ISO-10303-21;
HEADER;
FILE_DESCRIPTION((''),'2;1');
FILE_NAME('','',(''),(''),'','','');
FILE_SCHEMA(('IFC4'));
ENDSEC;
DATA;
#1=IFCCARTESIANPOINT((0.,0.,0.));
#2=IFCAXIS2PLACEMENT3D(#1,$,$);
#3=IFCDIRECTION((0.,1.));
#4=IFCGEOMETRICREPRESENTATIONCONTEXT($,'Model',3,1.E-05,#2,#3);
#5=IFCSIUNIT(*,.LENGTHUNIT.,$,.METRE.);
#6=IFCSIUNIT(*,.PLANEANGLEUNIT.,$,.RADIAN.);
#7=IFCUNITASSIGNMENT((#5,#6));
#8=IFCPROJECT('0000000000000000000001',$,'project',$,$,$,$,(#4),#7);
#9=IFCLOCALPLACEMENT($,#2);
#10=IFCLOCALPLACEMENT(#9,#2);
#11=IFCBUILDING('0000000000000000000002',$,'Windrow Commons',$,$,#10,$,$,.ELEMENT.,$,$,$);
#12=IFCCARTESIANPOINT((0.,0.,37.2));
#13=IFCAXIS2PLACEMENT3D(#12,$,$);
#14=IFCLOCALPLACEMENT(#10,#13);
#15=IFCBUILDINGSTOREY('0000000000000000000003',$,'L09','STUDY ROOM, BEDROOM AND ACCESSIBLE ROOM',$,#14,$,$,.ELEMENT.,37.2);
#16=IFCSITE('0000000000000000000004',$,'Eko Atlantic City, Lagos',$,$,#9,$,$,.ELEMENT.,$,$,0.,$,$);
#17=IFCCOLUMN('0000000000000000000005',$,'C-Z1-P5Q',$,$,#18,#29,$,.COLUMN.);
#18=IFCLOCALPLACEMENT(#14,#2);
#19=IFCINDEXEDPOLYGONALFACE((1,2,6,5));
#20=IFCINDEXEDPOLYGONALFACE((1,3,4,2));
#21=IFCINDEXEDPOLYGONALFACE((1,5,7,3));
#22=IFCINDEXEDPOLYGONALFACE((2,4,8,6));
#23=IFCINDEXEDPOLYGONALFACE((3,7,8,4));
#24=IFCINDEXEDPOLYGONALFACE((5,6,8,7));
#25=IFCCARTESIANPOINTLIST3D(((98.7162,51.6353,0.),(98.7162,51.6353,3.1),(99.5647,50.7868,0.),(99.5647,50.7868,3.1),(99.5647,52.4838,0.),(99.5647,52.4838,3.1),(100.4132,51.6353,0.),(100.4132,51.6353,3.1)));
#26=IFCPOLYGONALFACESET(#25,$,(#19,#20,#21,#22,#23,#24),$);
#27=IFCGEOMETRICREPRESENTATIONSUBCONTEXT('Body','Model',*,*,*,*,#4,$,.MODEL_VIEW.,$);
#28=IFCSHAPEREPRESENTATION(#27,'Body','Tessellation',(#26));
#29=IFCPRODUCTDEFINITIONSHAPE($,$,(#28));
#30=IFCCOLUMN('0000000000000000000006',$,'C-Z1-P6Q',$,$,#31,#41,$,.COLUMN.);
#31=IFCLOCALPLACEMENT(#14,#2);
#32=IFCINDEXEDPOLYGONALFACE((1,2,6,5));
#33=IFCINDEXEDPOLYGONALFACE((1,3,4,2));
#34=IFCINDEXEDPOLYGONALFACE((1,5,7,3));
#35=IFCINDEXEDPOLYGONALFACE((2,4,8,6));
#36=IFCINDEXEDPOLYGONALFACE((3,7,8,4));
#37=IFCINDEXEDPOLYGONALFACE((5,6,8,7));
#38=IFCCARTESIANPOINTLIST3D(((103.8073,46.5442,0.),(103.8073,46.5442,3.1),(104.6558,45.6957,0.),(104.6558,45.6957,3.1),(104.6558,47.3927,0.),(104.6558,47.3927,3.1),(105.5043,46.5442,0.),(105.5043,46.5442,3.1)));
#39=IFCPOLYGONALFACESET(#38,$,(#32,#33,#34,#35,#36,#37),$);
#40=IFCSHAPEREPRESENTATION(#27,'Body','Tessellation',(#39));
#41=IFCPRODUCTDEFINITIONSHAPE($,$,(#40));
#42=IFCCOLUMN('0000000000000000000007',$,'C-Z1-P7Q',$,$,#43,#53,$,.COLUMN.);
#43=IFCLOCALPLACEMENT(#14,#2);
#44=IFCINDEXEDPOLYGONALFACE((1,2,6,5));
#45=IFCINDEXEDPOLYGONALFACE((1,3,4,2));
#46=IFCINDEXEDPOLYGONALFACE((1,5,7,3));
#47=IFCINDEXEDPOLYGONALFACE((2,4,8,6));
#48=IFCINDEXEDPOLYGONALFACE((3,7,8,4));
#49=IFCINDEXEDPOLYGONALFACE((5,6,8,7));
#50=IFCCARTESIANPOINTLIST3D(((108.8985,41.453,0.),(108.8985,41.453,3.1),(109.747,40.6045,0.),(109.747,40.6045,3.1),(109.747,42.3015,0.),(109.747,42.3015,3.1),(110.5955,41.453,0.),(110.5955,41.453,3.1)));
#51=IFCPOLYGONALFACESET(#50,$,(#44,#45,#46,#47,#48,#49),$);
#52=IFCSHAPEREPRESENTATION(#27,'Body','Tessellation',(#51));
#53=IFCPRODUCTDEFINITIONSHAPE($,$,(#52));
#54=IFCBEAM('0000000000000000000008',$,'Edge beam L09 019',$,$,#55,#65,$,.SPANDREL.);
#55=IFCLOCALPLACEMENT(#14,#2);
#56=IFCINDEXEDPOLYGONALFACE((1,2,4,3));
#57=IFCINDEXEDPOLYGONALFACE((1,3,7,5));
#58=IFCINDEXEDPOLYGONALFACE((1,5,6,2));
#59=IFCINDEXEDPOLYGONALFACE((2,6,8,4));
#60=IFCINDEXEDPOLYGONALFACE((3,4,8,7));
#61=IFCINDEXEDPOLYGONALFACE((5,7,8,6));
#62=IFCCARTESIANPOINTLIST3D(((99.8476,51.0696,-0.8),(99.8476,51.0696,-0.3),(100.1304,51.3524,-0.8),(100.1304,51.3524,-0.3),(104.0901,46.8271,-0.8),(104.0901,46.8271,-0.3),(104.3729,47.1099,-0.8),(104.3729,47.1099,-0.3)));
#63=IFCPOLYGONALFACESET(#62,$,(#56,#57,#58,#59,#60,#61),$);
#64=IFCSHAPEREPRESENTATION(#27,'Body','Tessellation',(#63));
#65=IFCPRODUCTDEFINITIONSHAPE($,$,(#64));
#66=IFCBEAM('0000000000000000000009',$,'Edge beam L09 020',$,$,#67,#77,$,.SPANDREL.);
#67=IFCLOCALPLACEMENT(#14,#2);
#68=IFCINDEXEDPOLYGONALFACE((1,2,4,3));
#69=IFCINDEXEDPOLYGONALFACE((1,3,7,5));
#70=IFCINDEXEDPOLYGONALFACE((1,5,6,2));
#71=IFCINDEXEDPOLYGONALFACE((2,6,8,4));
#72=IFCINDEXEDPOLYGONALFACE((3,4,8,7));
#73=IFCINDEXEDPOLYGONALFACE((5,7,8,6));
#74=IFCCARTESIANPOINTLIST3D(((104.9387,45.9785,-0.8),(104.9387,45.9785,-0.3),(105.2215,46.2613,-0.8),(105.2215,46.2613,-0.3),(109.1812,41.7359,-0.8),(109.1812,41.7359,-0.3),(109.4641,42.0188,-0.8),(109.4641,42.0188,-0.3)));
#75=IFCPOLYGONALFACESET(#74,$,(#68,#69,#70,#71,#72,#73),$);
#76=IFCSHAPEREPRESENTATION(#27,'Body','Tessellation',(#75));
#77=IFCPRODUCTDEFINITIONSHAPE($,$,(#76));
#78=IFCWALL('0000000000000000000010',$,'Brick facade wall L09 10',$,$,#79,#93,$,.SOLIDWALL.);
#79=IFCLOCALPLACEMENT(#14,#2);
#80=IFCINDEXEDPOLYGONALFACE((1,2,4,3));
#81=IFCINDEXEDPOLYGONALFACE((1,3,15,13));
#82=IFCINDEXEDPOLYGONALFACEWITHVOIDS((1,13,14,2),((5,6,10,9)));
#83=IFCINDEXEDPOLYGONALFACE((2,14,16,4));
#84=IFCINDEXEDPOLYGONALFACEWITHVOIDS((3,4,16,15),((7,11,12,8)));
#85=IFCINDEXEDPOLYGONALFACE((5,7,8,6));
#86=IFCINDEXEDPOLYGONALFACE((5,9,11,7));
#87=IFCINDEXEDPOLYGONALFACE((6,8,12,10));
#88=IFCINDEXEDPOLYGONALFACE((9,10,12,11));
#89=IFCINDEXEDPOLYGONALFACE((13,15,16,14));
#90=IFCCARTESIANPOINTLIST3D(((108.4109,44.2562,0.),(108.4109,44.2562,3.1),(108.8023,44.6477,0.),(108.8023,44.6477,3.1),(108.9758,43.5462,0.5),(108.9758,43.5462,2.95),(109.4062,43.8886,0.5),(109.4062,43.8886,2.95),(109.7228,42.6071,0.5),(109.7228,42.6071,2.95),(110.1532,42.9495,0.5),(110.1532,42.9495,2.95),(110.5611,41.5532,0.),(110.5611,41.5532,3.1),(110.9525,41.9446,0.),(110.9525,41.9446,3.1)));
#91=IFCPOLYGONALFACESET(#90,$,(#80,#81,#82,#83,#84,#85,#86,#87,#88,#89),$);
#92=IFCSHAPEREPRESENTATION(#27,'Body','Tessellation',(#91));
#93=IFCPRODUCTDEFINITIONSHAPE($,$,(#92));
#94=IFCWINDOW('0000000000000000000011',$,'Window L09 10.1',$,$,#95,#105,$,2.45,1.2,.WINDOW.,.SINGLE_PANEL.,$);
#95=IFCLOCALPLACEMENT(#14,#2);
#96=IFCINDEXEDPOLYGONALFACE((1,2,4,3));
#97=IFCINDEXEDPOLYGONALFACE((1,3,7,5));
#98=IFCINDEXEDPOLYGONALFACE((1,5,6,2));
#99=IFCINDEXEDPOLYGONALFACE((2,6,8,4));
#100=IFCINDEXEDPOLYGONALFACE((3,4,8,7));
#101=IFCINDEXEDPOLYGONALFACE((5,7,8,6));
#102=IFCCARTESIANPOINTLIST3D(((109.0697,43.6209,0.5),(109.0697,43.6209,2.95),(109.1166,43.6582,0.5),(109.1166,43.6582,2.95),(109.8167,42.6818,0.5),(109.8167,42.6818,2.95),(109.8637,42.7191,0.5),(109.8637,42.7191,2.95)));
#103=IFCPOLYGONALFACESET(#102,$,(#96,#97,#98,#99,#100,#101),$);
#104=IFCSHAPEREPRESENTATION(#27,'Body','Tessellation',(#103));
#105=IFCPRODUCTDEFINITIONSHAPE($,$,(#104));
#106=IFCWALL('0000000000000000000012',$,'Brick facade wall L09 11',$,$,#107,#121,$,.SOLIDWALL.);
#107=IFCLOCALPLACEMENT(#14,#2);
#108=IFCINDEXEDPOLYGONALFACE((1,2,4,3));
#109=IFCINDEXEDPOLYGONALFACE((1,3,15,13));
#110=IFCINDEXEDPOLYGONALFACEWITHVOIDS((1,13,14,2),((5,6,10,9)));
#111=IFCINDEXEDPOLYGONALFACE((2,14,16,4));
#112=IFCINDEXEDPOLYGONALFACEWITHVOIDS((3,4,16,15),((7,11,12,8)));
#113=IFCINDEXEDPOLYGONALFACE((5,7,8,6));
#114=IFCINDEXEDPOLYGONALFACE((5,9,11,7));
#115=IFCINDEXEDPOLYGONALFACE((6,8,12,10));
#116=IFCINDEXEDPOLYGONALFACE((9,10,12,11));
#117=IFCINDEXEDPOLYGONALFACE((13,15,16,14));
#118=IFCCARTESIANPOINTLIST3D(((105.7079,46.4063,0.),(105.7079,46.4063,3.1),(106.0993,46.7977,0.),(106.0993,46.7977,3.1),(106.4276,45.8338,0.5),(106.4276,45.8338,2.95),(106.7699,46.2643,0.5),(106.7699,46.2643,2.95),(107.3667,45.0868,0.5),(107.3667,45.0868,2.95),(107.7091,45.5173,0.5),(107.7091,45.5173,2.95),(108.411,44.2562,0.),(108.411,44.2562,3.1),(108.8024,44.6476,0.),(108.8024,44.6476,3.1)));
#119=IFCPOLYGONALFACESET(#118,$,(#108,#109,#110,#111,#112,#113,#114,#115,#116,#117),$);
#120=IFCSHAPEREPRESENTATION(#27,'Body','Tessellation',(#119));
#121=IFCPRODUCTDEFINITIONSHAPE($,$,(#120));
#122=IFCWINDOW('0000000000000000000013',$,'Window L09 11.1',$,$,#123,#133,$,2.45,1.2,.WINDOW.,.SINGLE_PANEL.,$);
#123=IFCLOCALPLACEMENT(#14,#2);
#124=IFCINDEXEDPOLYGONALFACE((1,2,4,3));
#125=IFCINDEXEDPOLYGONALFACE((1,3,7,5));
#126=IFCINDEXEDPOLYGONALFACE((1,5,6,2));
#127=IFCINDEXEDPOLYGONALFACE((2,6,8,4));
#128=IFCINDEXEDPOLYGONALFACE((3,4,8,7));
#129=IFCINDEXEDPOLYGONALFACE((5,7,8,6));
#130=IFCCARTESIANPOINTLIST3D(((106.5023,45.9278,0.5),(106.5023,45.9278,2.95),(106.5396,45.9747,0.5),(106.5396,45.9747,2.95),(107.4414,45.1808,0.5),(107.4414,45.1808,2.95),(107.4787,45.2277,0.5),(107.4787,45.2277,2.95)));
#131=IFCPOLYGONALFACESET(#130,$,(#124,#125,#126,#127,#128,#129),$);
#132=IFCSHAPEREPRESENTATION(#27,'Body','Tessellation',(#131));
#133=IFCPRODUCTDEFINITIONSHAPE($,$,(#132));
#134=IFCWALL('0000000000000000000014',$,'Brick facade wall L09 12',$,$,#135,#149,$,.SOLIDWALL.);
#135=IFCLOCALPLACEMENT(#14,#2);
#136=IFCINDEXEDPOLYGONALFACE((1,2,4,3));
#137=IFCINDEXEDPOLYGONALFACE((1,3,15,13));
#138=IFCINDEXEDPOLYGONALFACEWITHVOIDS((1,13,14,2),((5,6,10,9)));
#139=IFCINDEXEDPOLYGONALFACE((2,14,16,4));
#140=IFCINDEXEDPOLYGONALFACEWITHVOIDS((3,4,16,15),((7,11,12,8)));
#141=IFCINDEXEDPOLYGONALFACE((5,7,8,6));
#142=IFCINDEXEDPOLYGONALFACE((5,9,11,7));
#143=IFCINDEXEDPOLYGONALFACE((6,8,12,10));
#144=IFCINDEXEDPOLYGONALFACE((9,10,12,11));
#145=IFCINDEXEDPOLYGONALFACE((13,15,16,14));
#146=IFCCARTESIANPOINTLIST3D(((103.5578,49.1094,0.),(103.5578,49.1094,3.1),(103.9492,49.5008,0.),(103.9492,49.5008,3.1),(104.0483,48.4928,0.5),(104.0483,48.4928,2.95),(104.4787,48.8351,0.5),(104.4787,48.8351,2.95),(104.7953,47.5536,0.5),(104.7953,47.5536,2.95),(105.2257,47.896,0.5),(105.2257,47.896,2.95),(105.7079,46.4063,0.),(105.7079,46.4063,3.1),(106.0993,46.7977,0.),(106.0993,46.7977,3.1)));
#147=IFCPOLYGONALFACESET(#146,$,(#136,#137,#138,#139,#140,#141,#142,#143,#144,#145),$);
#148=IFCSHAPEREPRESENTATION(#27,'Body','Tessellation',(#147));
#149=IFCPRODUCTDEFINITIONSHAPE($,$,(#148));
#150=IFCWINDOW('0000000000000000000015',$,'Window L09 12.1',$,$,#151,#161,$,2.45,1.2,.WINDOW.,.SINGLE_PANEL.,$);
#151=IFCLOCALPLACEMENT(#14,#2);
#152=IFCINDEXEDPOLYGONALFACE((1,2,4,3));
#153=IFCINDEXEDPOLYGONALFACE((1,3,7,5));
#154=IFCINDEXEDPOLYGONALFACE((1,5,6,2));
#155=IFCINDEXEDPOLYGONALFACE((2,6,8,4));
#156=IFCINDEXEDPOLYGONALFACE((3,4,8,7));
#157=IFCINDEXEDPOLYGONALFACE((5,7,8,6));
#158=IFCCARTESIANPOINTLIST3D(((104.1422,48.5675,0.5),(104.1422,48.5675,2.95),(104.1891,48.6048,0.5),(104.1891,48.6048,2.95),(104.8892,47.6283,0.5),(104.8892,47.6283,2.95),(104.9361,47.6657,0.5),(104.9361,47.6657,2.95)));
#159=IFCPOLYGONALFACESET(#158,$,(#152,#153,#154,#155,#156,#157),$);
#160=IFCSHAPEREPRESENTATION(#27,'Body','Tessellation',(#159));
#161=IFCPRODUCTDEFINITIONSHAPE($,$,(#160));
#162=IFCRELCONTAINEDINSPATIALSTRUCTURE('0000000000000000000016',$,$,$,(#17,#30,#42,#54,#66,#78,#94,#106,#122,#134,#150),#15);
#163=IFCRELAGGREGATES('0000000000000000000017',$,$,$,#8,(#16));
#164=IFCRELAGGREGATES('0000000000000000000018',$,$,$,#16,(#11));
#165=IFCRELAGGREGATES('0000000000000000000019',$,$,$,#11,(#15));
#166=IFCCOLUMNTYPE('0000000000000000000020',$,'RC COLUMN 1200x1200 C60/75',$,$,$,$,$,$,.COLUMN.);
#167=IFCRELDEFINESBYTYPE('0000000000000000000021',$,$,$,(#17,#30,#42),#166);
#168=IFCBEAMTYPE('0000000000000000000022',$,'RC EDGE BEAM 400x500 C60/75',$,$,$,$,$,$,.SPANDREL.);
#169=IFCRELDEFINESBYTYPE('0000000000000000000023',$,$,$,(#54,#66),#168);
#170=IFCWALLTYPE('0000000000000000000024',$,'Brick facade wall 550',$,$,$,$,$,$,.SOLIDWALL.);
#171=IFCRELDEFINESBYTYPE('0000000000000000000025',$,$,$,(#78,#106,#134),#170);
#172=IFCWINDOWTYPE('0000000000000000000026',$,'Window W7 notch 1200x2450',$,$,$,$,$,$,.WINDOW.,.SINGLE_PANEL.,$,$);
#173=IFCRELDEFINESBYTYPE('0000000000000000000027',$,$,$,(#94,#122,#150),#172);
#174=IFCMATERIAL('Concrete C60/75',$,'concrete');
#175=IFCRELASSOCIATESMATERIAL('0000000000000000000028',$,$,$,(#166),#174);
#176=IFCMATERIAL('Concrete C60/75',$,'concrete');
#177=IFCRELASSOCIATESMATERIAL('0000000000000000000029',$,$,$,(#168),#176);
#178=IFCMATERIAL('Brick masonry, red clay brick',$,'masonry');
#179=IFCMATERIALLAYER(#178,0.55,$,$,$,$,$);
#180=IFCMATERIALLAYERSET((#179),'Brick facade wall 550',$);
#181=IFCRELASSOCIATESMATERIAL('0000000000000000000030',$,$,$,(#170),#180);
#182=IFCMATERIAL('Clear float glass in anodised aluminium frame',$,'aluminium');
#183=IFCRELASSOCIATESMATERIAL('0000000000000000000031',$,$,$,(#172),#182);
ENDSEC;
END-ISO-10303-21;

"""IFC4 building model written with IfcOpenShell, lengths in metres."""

from ifc_helpers import new_model, si_unit, direction, frame, frame_2d, origin, origin_2d, place, context, subcontext, project, spatial, polyline, rectangle, outline, extrude, material, layer, layer_set, material_profile, profile_set, type_object, element, fill, save


model = new_model("IFC4")

# Units and contexts
model_context = context("Model", 3, precision=1e-05, world=origin(), true_north=direction((0.0, 1.0)))
body_context = subcontext(model_context, "Body", "Model", "MODEL_VIEW")
ifc_project = project(units=[si_unit("LENGTHUNIT", "METRE"), si_unit("PLANEANGLEUNIT", "RADIAN")], contexts=[model_context])

# Site, building, storey
site_placement = place(None, origin())
site = spatial("IfcSite", under=ifc_project, at=site_placement, Name="Eko Atlantic City, Lagos", CompositionType="ELEMENT", RefElevation=0.0)
building_placement = place(site_placement, origin())
building = spatial("IfcBuilding", under=site, at=building_placement, Name="Windrow Commons", CompositionType="ELEMENT")
storey_placement = place(building_placement, frame((0.0, 0.0, 37.2)))
storey = spatial("IfcBuildingStorey", under=building, at=storey_placement, Name="L09", Description="STUDY ROOM, BEDROOM AND ACCESSIBLE ROOM", CompositionType="ELEMENT", Elevation=37.2)

# Columns
ifc_material_1 = material(Name="Concrete C60/75", Category="concrete")
ifc_material_profile_1 = material_profile(ifc_material_1, rectangle(XDim=1.2, YDim=1.2, at=origin_2d()))
ifc_profile_set_1 = profile_set([ifc_material_profile_1], Name="Concrete C60/75")
column_type = type_object("IfcColumnType", Name="RC COLUMN 1200x1200 C60/75", PredefinedType="COLUMN", material=ifc_profile_set_1)
for number, where, z_axis, x_axis, name in (
    (1, (99.5647, 51.6353, 0.0), (0.0, 0.0, 1.0), (0.707107, -0.707107, 0.0), "C-Z1-P5Q"),
    (2, (104.6558, 46.5442, 0.0), (0.0, 0.0, 1.0), (0.707107, -0.707107, 0.0), "C-Z1-P6Q"),
    (3, (109.747, 41.453, 0.0), (0.0, 0.0, 1.0), (0.707107, -0.707107, 0.0), "C-Z1-P7Q"),
):
    element("IfcColumn", number, at=place(storey_placement, frame(where, z_axis=z_axis, x_axis=x_axis)), inside=storey, type_object=column_type, Name=name, PredefinedType="COLUMN", context=body_context, shape_type="SweptSolid", body=[
        extrude(rectangle(XDim=1.2, YDim=1.2, at=origin_2d()), origin(), (0.0, 0.0, 1.0), 3.1),
    ])

# Beams
ifc_material_2 = material(Name="Concrete C60/75", Category="concrete")
ifc_material_profile_2 = material_profile(ifc_material_2, rectangle(XDim=0.4, YDim=0.5, at=origin_2d()))
ifc_profile_set_2 = profile_set([ifc_material_profile_2], Name="Concrete C60/75")
beam_type = type_object("IfcBeamType", Name="RC EDGE BEAM 400x500 C60/75", PredefinedType="SPANDREL", material=ifc_profile_set_2)
beam_1_placement = place(storey_placement, frame((99.989, 51.211, -0.55), z_axis=(0.707107, -0.707107, 0.0), x_axis=(0.707107, 0.707107, 0.0)))
element("IfcBeam", 4, at=beam_1_placement, inside=storey, type_object=beam_type, Name="Edge beam L09 019", PredefinedType="SPANDREL", context=body_context, shape_type="SweptSolid", body=[
    extrude(rectangle(XDim=0.4, YDim=0.5, at=origin_2d()), origin(), (0.0, 0.0, 1.0), 5.9998),
])
beam_2_placement = place(storey_placement, frame((105.0801, 46.1199, -0.55), z_axis=(0.707107, -0.707107, 0.0), x_axis=(0.707107, 0.707107, 0.0)))
element("IfcBeam", 5, at=beam_2_placement, inside=storey, type_object=beam_type, Name="Edge beam L09 020", PredefinedType="SPANDREL", context=body_context, shape_type="SweptSolid", body=[
    extrude(rectangle(XDim=0.4, YDim=0.5, at=origin_2d()), origin(), (0.0, 0.0, 1.0), 5.9999),
])

# Walls, openings, windows
ifc_material_3 = material(Name="Brick masonry, red clay brick", Category="masonry")
ifc_layer_1 = layer(ifc_material_3, 0.55)
ifc_layer_set_1 = layer_set([ifc_layer_1], Name="Brick facade wall 550")
wall_type_1 = type_object("IfcWallType", Name="Brick facade wall 550", PredefinedType="SOLIDWALL", material=ifc_layer_set_1)
wall_1_placement = place(storey_placement, frame((110.7568, 41.7489, 0.0), z_axis=(0.0, 0.0, 1.0), x_axis=(-0.622521, 0.782603, 0.0)))
wall_1 = element("IfcWall", 6, at=wall_1_placement, inside=storey, type_object=wall_type_1, Name="Brick facade wall L09 10", PredefinedType="SOLIDWALL", context=body_context, shape_type="SweptSolid", body=[
    extrude(outline(polyline([(0.0313, -0.275), (3.4853, -0.275), (3.4226, 0.275), (-0.0313, 0.275), (0.0313, -0.275)])), origin(), (0.0, 0.0, 1.0), 3.1),
])
opening_1_placement = place(wall_1_placement, frame((1.3153, 0.0, 0.5)))
opening_1 = element("IfcOpeningElement", 7, at=opening_1_placement, cuts=wall_1, PredefinedType="OPENING", context=body_context, shape_type="SweptSolid", body=[
    extrude(rectangle(XDim=1.2, YDim=2.45, at=frame_2d((0.6, 1.225))), frame((0.0, 0.285, 0.0), z_axis=(0.0, -1.0, 0.0), x_axis=(1.0, 0.0, 0.0)), (0.0, 0.0, 1.0), 0.57),
])
ifc_material_4 = material(Name="Clear float glass in anodised aluminium frame", Category="aluminium")
window_type = type_object("IfcWindowType", Name="Window W7 notch 1200x2450", PartitioningType="SINGLE_PANEL", PredefinedType="WINDOW", material=ifc_material_4)
window_1_placement = place(opening_1_placement, origin())
window_1 = element("IfcWindow", 8, at=window_1_placement, inside=storey, type_object=window_type, Name="Window L09 10.1", OverallHeight=2.45, OverallWidth=1.2, PartitioningType="SINGLE_PANEL", PredefinedType="WINDOW", context=body_context, shape_type="SweptSolid", body=[
    extrude(rectangle(XDim=1.2, YDim=2.45, at=frame_2d((0.6, 1.225))), frame((0.0, 0.155, 0.0), z_axis=(0.0, -1.0, 0.0), x_axis=(1.0, 0.0, 0.0)), (0.0, 0.0, 1.0), 0.06),
])
fill(opening_1, window_1)
wall_2_placement = place(storey_placement, frame((108.6067, 44.4519, 0.0), z_axis=(0.0, 0.0, 1.0), x_axis=(-0.782614, 0.622507, 0.0)))
wall_2 = element("IfcWall", 9, at=wall_2_placement, inside=storey, type_object=wall_type_1, Name="Brick facade wall L09 11", PredefinedType="SOLIDWALL", context=body_context, shape_type="SweptSolid", body=[
    extrude(outline(polyline([(-0.0313, -0.275), (3.4226, -0.275), (3.4853, 0.275), (0.0313, 0.275), (-0.0313, -0.275)])), origin(), (0.0, 0.0, 1.0), 3.1),
])
opening_2_placement = place(wall_2_placement, frame((1.3657, 0.0, 0.5)))
opening_2 = element("IfcOpeningElement", 10, at=opening_2_placement, cuts=wall_2, PredefinedType="OPENING", context=body_context, shape_type="SweptSolid", body=[
    extrude(rectangle(XDim=1.2, YDim=2.45, at=frame_2d((0.6, 1.225))), frame((0.0, 0.285, 0.0), z_axis=(0.0, -1.0, 0.0), x_axis=(1.0, 0.0, 0.0)), (0.0, 0.0, 1.0), 0.57),
])
window_2_placement = place(opening_2_placement, origin())
window_2 = element("IfcWindow", 11, at=window_2_placement, inside=storey, type_object=window_type, Name="Window L09 11.1", OverallHeight=2.45, OverallWidth=1.2, PartitioningType="SINGLE_PANEL", PredefinedType="WINDOW", context=body_context, shape_type="SweptSolid", body=[
    extrude(rectangle(XDim=1.2, YDim=2.45, at=frame_2d((0.6, 1.225))), frame((0.0, 0.155, 0.0), z_axis=(0.0, -1.0, 0.0), x_axis=(1.0, 0.0, 0.0)), (0.0, 0.0, 1.0), 0.06),
])
fill(opening_2, window_2)
wall_3_placement = place(storey_placement, frame((105.9036, 46.602, 0.0), z_axis=(0.0, 0.0, 1.0), x_axis=(-0.622507, 0.782614, 0.0)))
wall_3 = element("IfcWall", 12, at=wall_3_placement, inside=storey, type_object=wall_type_1, Name="Brick facade wall L09 12", PredefinedType="SOLIDWALL", context=body_context, shape_type="SweptSolid", body=[
    extrude(outline(polyline([(0.0313, -0.275), (3.4853, -0.275), (3.4226, 0.275), (-0.0313, 0.275), (0.0313, -0.275)])), origin(), (0.0, 0.0, 1.0), 3.1),
])
opening_3_placement = place(wall_3_placement, frame((1.4347, 0.0, 0.5)))
opening_3 = element("IfcOpeningElement", 13, at=opening_3_placement, cuts=wall_3, PredefinedType="OPENING", context=body_context, shape_type="SweptSolid", body=[
    extrude(rectangle(XDim=1.2, YDim=2.45, at=frame_2d((0.6, 1.225))), frame((0.0, 0.285, 0.0), z_axis=(0.0, -1.0, 0.0), x_axis=(1.0, 0.0, 0.0)), (0.0, 0.0, 1.0), 0.57),
])
window_3_placement = place(opening_3_placement, origin())
window_3 = element("IfcWindow", 14, at=window_3_placement, inside=storey, type_object=window_type, Name="Window L09 12.1", OverallHeight=2.45, OverallWidth=1.2, PartitioningType="SINGLE_PANEL", PredefinedType="WINDOW", context=body_context, shape_type="SweptSolid", body=[
    extrude(rectangle(XDim=1.2, YDim=2.45, at=frame_2d((0.6, 1.225))), frame((0.0, 0.155, 0.0), z_axis=(0.0, -1.0, 0.0), x_axis=(1.0, 0.0, 0.0)), (0.0, 0.0, 1.0), 0.06),
])
fill(opening_3, window_3)

save(model, "model.ifc")
